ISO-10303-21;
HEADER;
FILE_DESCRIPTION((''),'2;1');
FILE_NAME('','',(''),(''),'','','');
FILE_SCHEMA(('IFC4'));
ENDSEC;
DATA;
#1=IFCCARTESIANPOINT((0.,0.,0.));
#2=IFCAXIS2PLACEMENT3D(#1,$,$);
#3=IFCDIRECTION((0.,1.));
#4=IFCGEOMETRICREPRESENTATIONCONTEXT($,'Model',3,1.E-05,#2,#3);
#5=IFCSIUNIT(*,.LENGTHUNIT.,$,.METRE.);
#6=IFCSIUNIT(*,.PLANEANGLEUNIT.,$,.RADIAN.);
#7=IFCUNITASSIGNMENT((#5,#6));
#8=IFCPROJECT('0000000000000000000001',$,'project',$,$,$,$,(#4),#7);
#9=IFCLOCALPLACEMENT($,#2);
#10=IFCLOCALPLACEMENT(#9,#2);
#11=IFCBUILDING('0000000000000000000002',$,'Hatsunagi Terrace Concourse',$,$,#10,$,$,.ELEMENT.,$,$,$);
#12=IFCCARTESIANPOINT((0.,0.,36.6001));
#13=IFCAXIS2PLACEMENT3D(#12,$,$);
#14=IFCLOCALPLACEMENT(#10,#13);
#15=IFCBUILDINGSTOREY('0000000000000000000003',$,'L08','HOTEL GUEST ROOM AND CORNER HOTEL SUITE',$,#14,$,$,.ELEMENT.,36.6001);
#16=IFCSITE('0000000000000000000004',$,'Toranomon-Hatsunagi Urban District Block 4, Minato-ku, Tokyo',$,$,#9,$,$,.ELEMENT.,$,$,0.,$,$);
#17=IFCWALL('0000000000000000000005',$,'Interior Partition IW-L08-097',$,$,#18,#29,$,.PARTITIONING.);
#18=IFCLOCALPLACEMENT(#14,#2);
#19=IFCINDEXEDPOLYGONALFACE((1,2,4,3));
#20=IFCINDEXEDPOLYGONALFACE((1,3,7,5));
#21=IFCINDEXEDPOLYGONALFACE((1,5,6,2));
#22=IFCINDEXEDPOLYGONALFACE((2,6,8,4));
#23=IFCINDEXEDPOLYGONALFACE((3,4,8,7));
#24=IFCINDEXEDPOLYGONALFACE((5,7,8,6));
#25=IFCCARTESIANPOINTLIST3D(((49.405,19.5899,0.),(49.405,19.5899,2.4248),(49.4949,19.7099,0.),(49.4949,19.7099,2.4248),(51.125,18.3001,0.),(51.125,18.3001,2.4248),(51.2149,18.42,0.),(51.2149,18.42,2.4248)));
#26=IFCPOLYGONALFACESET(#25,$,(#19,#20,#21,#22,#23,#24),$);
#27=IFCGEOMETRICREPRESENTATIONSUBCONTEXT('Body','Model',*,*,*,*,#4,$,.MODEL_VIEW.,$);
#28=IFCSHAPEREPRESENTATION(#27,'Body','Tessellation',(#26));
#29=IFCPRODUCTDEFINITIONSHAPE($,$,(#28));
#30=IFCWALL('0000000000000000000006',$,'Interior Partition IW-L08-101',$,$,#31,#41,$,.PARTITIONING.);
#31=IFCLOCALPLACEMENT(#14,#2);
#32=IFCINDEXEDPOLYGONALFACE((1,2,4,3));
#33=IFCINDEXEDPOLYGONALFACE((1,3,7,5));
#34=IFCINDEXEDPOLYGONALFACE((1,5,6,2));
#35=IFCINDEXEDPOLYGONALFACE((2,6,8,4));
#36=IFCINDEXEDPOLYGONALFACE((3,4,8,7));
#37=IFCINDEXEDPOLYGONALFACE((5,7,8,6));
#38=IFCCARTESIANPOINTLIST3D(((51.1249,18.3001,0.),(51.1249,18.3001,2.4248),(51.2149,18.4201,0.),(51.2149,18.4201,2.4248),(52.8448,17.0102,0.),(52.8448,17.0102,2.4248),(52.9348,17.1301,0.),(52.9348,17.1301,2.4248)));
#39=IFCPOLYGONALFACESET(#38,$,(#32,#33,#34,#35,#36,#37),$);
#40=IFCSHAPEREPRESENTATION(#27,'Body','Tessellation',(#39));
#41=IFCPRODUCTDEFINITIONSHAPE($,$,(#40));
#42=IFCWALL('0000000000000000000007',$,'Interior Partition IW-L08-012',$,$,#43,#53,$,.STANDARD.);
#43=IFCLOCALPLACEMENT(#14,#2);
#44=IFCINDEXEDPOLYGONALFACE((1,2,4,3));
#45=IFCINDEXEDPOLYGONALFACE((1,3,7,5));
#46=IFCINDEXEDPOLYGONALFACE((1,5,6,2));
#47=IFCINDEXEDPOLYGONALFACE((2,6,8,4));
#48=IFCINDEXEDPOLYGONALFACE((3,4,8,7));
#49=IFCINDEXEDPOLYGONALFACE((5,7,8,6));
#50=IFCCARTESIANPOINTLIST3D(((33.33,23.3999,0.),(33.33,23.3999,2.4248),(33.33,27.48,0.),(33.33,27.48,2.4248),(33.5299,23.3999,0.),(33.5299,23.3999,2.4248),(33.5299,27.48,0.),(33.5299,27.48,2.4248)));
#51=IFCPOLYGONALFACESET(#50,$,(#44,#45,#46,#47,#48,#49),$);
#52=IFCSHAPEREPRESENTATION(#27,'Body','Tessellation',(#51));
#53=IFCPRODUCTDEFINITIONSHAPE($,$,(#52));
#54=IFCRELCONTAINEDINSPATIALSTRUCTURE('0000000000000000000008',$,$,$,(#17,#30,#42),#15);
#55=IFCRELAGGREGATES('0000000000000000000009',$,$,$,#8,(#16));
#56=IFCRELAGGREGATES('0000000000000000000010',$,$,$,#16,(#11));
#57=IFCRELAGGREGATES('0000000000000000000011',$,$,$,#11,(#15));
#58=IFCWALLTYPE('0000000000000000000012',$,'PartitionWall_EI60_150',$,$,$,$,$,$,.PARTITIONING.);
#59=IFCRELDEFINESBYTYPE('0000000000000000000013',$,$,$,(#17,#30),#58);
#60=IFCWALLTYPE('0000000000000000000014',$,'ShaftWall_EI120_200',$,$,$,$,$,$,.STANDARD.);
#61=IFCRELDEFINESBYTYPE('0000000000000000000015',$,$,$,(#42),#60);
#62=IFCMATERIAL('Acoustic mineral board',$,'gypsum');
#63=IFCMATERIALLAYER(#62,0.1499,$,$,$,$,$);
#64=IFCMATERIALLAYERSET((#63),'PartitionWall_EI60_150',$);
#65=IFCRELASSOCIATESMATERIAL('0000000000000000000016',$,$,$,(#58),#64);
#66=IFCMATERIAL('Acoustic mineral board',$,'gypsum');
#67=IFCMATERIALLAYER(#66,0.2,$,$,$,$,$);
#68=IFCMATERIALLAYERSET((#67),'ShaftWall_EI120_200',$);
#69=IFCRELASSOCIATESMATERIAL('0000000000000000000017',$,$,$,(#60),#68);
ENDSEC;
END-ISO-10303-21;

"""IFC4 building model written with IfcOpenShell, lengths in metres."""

from ifc_helpers import new_model, si_unit, direction, frame, frame_2d, origin, place, context, subcontext, project, spatial, rectangle, extrude, material, layer, layer_set, type_object, element, save


model = new_model("IFC4")

# Units and contexts
model_context = context("Model", 3, precision=1e-05, world=origin(), true_north=direction((0.0, 1.0)))
body_context = subcontext(model_context, "Body", "Model", "MODEL_VIEW")
ifc_project = project(units=[si_unit("LENGTHUNIT", "METRE"), si_unit("PLANEANGLEUNIT", "RADIAN")], contexts=[model_context])

# Site, building, storey
site_placement = place(None, origin())
site = spatial("IfcSite", under=ifc_project, at=site_placement, Name="Toranomon-Hatsunagi Urban District Block 4, Minato-ku, Tokyo", CompositionType="ELEMENT", RefElevation=0.0)
building_placement = place(site_placement, origin())
building = spatial("IfcBuilding", under=site, at=building_placement, Name="Hatsunagi Terrace Concourse", CompositionType="ELEMENT")
storey_placement = place(building_placement, frame((0.0, 0.0, 36.6001)))
storey = spatial("IfcBuildingStorey", under=building, at=storey_placement, Name="L08", Description="HOTEL GUEST ROOM AND CORNER HOTEL SUITE", CompositionType="ELEMENT", Elevation=36.6001)

# Shared definitions
ifc_material_1 = material(Name="Acoustic mineral board", Category="gypsum")
ifc_layer_1 = layer(ifc_material_1, 0.1499)
ifc_layer_set_1 = layer_set([ifc_layer_1], Name="PartitionWall_EI60_150")
wall_type_1 = type_object("IfcWallType", Name="PartitionWall_EI60_150", PredefinedType="PARTITIONING", material=ifc_layer_set_1)

# Walls
for number, where, z_axis, x_axis, name in (
    (1, (49.45, 19.6499, 0.0), (0.0, 0.0, 1.0), (0.800041, -0.599945, 0.0), "Interior Partition IW-L08-097"),
    (2, (51.1699, 18.3601, 0.0), (0.0, 0.0, 1.0), (0.799986, -0.600018, 0.0), "Interior Partition IW-L08-101"),
):
    element("IfcWall", number, at=place(storey_placement, frame(where, z_axis=z_axis, x_axis=x_axis)), inside=storey, type_object=wall_type_1, Name=name, PredefinedType="PARTITIONING", context=body_context, shape_type="SweptSolid", body=[
        extrude(rectangle(XDim=2.1499, YDim=0.1499, at=frame_2d((1.075, 0.0))), origin(), (0.0, 0.0, 1.0), 2.4248),
    ])
ifc_material_2 = material(Name="Acoustic mineral board", Category="gypsum")
ifc_layer_2 = layer(ifc_material_2, 0.2)
ifc_layer_set_2 = layer_set([ifc_layer_2], Name="ShaftWall_EI120_200")
wall_type_2 = type_object("IfcWallType", Name="ShaftWall_EI120_200", PredefinedType="STANDARD", material=ifc_layer_set_2)
wall_1_placement = place(storey_placement, frame((33.4299, 23.3999, 0.0), z_axis=(0.0, 0.0, 1.0), x_axis=(0.0, 1.0, 0.0)))
element("IfcWall", 3, at=wall_1_placement, inside=storey, type_object=wall_type_2, Name="Interior Partition IW-L08-012", PredefinedType="STANDARD", context=body_context, shape_type="SweptSolid", body=[
    extrude(rectangle(XDim=4.0801, YDim=0.2, at=frame_2d((2.04, 0.0))), origin(), (0.0, 0.0, 1.0), 2.4248),
])

save(model, "model.ifc")
